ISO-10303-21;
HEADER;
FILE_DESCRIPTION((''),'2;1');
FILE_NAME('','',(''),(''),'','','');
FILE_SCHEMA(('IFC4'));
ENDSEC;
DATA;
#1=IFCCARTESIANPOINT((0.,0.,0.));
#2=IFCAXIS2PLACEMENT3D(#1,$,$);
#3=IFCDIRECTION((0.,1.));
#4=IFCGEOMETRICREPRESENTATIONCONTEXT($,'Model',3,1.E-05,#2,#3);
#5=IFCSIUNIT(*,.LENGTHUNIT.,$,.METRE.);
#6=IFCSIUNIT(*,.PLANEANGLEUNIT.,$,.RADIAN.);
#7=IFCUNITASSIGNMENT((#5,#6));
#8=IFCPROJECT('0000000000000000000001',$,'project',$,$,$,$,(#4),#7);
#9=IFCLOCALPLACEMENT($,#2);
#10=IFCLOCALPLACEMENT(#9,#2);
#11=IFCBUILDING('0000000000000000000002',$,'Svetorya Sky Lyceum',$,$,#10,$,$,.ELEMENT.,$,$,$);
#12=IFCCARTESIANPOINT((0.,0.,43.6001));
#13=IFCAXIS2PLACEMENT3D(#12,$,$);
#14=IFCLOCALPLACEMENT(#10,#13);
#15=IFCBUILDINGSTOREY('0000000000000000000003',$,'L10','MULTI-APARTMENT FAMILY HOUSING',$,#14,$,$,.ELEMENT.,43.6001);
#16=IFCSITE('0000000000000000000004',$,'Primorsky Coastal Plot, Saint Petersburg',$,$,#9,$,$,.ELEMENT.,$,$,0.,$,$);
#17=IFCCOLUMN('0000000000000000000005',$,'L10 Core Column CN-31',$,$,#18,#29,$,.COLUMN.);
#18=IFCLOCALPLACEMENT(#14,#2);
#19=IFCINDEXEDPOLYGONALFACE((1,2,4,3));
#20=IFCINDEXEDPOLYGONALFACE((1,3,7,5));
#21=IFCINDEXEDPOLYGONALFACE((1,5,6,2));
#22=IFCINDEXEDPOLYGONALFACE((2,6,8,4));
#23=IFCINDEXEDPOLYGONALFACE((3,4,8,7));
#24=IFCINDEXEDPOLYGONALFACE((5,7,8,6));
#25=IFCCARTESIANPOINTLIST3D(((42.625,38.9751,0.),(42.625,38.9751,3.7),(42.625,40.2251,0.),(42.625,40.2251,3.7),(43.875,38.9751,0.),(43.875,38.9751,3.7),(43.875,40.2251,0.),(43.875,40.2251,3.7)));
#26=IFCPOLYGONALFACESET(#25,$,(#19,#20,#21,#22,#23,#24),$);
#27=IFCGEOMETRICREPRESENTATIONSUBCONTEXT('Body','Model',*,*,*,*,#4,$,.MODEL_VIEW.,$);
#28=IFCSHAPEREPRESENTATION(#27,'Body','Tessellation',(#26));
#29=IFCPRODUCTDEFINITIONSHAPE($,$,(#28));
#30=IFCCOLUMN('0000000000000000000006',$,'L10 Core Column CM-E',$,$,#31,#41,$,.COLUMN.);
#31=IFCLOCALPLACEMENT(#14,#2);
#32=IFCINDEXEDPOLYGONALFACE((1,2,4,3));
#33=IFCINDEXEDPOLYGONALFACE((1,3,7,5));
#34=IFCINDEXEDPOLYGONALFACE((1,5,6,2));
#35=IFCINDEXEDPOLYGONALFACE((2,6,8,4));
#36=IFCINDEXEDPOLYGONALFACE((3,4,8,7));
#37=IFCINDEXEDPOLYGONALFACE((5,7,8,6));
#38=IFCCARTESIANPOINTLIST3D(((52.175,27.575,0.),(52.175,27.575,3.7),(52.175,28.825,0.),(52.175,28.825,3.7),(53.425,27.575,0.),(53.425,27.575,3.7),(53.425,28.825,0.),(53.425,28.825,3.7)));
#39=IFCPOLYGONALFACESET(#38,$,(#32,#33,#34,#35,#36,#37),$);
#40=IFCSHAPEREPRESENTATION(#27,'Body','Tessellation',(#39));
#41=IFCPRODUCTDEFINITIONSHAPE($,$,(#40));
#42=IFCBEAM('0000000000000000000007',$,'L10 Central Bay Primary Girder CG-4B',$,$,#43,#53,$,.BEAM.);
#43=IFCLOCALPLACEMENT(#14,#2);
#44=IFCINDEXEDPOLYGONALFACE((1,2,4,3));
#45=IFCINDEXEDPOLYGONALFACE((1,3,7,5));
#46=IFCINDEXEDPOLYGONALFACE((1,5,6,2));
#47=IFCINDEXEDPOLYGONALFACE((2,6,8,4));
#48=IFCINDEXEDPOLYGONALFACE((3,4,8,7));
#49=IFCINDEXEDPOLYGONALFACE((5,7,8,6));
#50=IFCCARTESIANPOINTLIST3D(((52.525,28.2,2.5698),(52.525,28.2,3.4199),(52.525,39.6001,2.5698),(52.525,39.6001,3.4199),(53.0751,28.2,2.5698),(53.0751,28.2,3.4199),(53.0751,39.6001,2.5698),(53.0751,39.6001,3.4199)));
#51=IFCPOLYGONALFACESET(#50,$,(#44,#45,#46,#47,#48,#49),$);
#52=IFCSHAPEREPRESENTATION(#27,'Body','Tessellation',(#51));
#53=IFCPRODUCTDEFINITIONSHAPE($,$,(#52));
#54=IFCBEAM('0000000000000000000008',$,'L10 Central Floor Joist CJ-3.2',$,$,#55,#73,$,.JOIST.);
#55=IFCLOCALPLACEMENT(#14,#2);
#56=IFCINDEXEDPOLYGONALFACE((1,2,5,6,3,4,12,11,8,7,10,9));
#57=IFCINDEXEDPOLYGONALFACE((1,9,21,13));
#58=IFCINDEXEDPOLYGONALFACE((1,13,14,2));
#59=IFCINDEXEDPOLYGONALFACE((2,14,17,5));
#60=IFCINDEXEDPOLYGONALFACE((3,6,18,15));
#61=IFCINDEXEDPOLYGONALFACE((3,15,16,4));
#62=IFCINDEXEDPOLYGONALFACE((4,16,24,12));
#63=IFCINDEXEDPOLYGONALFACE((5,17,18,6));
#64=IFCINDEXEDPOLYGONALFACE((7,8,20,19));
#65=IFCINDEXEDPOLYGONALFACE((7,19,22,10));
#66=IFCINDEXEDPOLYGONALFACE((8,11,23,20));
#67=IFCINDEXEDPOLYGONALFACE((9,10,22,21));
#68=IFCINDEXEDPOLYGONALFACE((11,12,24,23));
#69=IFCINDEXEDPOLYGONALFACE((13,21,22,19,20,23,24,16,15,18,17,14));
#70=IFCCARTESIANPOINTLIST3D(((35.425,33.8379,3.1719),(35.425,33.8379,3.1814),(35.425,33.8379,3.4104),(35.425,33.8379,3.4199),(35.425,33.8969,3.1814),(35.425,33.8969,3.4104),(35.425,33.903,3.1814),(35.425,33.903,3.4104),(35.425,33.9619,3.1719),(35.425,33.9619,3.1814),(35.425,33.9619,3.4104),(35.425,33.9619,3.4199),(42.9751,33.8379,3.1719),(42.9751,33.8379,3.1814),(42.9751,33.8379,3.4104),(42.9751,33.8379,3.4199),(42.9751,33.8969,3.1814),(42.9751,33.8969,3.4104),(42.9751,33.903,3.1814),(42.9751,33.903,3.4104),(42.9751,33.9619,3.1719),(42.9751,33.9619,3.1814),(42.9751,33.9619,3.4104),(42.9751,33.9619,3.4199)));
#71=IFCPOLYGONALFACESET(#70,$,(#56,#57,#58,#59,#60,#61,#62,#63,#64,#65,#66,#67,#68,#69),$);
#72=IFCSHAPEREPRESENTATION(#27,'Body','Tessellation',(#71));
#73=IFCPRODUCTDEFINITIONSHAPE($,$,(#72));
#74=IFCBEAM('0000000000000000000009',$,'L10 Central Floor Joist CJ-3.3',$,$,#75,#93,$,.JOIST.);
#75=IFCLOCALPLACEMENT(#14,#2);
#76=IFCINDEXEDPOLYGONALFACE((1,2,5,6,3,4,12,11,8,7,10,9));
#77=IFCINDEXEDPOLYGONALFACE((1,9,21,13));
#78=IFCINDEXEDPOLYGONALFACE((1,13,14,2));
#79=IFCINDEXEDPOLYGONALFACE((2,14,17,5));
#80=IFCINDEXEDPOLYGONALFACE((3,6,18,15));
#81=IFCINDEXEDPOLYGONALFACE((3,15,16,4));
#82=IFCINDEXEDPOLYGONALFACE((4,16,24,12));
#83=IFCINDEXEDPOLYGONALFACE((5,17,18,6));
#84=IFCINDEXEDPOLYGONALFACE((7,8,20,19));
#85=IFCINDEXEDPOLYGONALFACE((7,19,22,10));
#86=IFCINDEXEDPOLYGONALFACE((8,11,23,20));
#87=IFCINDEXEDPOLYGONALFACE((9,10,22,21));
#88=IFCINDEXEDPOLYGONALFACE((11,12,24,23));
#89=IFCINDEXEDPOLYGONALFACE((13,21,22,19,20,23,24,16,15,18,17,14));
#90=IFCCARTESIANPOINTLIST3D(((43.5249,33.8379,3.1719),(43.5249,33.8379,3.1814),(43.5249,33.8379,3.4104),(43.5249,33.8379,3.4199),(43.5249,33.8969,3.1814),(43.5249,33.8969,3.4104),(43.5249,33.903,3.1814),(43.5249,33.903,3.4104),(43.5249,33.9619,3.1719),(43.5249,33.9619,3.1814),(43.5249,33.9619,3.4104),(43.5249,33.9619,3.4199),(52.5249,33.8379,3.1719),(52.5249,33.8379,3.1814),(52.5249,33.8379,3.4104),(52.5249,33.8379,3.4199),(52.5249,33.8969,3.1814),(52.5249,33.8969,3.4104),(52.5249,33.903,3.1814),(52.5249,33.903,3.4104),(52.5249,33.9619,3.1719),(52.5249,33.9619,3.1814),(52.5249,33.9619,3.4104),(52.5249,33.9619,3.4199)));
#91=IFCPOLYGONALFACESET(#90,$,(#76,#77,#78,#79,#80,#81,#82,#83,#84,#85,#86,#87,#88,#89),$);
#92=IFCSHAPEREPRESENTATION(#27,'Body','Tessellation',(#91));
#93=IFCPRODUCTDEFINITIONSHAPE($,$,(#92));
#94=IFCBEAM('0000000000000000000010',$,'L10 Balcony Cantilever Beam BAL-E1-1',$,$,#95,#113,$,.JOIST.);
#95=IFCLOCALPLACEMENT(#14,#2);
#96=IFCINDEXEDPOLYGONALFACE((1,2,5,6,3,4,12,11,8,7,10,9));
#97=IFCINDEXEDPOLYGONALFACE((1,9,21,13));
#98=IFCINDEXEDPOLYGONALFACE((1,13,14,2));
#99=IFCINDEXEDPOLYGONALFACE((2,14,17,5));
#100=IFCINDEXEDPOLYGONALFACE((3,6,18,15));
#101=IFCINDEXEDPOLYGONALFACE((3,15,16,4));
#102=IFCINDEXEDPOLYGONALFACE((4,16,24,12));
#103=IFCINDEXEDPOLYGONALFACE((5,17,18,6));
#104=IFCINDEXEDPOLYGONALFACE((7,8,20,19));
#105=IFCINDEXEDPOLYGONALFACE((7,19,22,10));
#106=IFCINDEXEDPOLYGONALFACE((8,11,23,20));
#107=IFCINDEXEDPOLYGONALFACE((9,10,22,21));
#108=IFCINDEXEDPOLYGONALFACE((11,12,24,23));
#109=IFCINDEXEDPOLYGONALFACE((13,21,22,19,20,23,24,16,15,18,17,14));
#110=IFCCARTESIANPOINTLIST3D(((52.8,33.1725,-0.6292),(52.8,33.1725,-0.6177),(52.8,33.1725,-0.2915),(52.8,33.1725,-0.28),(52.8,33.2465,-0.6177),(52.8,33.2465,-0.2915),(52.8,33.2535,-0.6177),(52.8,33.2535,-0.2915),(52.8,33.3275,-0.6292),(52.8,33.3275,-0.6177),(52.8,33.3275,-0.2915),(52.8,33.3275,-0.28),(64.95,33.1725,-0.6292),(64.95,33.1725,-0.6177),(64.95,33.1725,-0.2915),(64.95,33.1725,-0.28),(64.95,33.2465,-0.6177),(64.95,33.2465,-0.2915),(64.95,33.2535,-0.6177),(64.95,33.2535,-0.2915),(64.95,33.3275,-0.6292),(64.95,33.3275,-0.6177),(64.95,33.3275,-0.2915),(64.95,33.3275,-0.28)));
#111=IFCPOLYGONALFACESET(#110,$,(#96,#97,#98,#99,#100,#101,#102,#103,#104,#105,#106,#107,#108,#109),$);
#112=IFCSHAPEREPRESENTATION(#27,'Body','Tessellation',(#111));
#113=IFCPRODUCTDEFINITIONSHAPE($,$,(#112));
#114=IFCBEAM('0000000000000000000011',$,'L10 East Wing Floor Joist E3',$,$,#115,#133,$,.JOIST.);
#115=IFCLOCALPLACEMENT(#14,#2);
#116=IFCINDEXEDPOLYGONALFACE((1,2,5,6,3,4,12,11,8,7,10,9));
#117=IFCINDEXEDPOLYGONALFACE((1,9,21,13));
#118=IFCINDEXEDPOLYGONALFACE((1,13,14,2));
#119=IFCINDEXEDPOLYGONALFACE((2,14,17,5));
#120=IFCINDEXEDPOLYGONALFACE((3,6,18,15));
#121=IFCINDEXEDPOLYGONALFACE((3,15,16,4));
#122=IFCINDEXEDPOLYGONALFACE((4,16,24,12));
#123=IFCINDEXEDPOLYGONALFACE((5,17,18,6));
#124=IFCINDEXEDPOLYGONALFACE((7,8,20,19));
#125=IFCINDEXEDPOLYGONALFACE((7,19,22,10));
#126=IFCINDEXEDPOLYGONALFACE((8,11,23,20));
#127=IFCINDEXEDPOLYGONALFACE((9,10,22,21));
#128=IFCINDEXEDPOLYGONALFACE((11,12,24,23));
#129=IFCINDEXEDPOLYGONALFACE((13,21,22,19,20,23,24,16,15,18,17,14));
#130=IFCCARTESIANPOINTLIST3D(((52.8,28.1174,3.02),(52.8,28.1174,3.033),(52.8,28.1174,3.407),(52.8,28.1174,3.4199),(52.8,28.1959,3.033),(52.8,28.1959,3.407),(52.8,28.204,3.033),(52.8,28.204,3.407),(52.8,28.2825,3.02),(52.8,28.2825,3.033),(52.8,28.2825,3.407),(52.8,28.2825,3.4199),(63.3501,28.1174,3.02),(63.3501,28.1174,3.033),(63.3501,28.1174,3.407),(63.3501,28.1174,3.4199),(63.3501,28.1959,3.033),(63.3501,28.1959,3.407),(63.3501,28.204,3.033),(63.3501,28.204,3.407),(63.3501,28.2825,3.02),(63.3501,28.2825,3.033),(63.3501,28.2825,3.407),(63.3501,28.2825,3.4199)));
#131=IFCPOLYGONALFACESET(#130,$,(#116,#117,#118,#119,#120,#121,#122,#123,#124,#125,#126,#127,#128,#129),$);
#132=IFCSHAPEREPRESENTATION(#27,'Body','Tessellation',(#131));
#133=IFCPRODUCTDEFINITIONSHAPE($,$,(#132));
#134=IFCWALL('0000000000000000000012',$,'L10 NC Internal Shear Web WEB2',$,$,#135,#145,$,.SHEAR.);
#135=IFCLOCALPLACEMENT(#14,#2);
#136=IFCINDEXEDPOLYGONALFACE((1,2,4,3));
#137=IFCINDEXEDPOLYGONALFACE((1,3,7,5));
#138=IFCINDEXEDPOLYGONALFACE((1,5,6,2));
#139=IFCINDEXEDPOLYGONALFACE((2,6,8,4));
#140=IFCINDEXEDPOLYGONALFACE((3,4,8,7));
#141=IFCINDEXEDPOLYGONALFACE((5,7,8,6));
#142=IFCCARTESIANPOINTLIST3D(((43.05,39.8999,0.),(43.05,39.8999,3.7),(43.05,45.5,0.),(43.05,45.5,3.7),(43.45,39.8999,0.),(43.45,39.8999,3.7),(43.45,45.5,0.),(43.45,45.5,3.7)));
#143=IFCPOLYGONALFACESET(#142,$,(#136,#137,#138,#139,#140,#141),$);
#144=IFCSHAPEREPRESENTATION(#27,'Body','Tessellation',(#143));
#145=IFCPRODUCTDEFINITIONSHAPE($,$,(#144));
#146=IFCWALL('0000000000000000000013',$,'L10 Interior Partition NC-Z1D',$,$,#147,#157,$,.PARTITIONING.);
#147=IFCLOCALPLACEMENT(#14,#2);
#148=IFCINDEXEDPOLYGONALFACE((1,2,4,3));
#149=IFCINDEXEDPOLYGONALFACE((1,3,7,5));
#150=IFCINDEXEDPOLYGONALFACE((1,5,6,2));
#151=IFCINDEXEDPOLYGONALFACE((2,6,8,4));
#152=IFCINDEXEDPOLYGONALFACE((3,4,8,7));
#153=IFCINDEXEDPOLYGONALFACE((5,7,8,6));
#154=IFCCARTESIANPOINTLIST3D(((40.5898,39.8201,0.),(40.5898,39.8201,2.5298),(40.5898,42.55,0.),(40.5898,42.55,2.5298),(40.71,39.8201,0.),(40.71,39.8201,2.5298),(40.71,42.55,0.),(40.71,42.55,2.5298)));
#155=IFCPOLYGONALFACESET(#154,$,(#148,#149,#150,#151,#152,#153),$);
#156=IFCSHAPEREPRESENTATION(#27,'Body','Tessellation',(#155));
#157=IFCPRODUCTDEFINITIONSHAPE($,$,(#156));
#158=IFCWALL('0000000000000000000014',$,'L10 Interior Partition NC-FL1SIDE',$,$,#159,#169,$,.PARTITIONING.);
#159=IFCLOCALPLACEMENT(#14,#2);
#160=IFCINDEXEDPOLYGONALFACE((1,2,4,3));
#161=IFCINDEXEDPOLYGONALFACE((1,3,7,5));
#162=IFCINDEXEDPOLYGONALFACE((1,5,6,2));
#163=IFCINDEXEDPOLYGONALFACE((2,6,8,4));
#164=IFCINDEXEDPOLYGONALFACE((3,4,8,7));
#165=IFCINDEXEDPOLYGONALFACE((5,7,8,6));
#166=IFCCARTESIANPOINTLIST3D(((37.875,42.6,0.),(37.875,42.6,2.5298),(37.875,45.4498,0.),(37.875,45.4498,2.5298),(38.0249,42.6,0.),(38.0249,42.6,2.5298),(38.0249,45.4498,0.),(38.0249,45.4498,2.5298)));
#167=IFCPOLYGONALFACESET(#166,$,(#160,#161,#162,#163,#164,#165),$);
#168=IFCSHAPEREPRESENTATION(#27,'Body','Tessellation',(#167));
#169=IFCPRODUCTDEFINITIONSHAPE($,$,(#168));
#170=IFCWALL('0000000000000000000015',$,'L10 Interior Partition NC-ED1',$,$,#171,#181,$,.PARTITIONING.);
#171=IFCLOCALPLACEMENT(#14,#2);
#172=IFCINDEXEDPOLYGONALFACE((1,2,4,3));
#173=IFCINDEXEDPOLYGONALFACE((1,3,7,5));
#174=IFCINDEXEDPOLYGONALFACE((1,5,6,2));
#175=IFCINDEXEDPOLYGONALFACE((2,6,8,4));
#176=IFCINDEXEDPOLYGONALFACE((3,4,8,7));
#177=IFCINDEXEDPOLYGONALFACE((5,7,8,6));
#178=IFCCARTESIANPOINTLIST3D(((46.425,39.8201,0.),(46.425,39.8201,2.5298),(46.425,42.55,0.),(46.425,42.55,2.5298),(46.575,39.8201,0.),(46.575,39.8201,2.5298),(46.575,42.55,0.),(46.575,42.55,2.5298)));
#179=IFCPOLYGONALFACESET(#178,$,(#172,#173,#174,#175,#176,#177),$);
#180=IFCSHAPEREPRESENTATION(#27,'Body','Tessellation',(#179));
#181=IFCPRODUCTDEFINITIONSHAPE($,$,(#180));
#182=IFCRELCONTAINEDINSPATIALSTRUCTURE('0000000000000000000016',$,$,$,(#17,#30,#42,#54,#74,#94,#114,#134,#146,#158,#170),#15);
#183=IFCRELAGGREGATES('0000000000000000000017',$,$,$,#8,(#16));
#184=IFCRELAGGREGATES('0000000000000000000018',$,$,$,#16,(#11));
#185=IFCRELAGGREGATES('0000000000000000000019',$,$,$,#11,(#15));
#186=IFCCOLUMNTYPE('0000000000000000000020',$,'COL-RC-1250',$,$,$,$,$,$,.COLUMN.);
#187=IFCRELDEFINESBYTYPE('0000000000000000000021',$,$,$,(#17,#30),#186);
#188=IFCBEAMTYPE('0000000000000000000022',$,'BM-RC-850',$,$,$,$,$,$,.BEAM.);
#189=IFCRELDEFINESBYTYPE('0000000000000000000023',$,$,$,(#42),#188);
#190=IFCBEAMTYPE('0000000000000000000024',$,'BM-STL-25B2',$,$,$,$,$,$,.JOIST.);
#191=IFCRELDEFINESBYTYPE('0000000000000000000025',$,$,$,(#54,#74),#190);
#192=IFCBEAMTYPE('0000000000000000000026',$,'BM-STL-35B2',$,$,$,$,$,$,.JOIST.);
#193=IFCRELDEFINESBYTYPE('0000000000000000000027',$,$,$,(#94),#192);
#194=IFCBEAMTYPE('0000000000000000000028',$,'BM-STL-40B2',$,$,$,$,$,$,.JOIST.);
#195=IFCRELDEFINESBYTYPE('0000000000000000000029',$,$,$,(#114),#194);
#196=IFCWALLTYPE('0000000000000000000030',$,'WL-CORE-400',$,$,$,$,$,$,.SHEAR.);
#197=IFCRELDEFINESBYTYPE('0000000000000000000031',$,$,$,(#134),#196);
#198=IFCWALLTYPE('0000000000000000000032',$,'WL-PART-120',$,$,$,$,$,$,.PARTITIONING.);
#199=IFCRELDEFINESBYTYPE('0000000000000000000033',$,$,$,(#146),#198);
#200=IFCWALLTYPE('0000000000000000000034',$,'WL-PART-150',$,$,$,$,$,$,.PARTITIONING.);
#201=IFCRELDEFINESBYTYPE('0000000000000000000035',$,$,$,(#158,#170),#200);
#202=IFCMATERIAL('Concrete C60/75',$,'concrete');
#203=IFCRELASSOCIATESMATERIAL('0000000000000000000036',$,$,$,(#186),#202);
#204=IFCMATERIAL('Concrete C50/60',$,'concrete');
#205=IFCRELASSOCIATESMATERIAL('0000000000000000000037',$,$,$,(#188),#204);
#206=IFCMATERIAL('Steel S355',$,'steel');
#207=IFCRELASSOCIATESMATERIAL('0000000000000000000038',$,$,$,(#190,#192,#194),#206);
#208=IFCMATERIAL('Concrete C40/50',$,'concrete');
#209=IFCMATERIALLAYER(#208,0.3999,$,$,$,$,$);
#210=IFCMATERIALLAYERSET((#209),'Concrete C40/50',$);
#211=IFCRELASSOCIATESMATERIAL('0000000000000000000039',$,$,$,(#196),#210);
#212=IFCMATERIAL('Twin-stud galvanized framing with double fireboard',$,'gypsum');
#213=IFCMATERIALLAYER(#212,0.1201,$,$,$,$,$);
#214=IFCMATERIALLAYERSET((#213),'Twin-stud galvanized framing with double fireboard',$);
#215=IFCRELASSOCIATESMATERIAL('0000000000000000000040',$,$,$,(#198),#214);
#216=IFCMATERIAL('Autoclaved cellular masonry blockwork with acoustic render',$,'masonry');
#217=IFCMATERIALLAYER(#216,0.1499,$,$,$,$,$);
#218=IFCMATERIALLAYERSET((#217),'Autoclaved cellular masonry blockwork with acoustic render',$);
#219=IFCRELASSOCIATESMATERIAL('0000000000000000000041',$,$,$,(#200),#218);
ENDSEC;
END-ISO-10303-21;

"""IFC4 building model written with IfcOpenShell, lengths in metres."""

from ifc_helpers import new_model, si_unit, direction, frame, frame_2d, origin, origin_2d, place, context, subcontext, project, spatial, rectangle, i_section, extrude, material, layer, layer_set, material_profile, profile_set, type_object, element, save


model = new_model("IFC4")

# Units and contexts
model_context = context("Model", 3, precision=1e-05, world=origin(), true_north=direction((0.0, 1.0)))
body_context = subcontext(model_context, "Body", "Model", "MODEL_VIEW")
ifc_project = project(units=[si_unit("LENGTHUNIT", "METRE"), si_unit("PLANEANGLEUNIT", "RADIAN")], contexts=[model_context])

# Site, building, storey
site_placement = place(None, origin())
site = spatial("IfcSite", under=ifc_project, at=site_placement, Name="Primorsky Coastal Plot, Saint Petersburg", CompositionType="ELEMENT", RefElevation=0.0)
building_placement = place(site_placement, origin())
building = spatial("IfcBuilding", under=site, at=building_placement, Name="Svetorya Sky Lyceum", CompositionType="ELEMENT")
storey_placement = place(building_placement, frame((0.0, 0.0, 43.6001)))
storey = spatial("IfcBuildingStorey", under=building, at=storey_placement, Name="L10", Description="MULTI-APARTMENT FAMILY HOUSING", CompositionType="ELEMENT", Elevation=43.6001)

# Columns
ifc_material_1 = material(Name="Concrete C60/75", Category="concrete")
ifc_material_profile_1 = material_profile(ifc_material_1, rectangle(XDim=1.25, YDim=1.25, at=origin_2d()), Name="RC COL 1250x1250")
ifc_profile_set_1 = profile_set([ifc_material_profile_1], Name="Concrete C60/75")
column_type = type_object("IfcColumnType", Name="COL-RC-1250", PredefinedType="COLUMN", material=ifc_profile_set_1)
for number, where, z_axis, x_axis, name in (
    (1, (43.25, 39.6001, 0.0), (0.0, 0.0, 1.0), (1.0, 0.0, 0.0), "L10 Core Column CN-31"),
    (2, (52.8, 28.2, 0.0), (0.0, 0.0, 1.0), (1.0, 0.0, 0.0), "L10 Core Column CM-E"),
):
    element("IfcColumn", number, at=place(storey_placement, frame(where, z_axis=z_axis, x_axis=x_axis)), inside=storey, type_object=column_type, Name=name, PredefinedType="COLUMN", context=body_context, shape_type="SweptSolid", body=[
        extrude(rectangle(XDim=1.25, YDim=1.25, at=origin_2d()), origin(), (0.0, 0.0, 1.0), 3.7),
    ])

# Beams
ifc_material_2 = material(Name="Concrete C50/60", Category="concrete")
ifc_material_profile_2 = material_profile(ifc_material_2, rectangle(XDim=0.55, YDim=0.8501, at=origin_2d()), Name="RC BEAM 550x850")
ifc_profile_set_2 = profile_set([ifc_material_profile_2], Name="Concrete C50/60")
beam_type_1 = type_object("IfcBeamType", Name="BM-RC-850", PredefinedType="BEAM", material=ifc_profile_set_2)
beam_1_placement = place(storey_placement, frame((52.8, 28.2, 2.9949), z_axis=(0.0, 1.0, 0.0), x_axis=(-1.0, 0.0, 0.0)))
element("IfcBeam", 3, at=beam_1_placement, inside=storey, type_object=beam_type_1, Name="L10 Central Bay Primary Girder CG-4B", PredefinedType="BEAM", context=body_context, shape_type="SweptSolid", body=[
    extrude(rectangle(XDim=0.55, YDim=0.8501, at=origin_2d()), origin(), (0.0, 0.0, 1.0), 11.4001),
])
ifc_material_3 = material(Name="Steel S355", Category="steel")
ifc_material_profile_3 = material_profile(ifc_material_3, i_section(OverallWidth=0.124, OverallDepth=0.248, WebThickness=0.0061, FlangeThickness=0.0095, at=origin_2d()), Name="GOST 25B2")
ifc_profile_set_3 = profile_set([ifc_material_profile_3], Name="Steel S355")
beam_type_2 = type_object("IfcBeamType", Name="BM-STL-25B2", PredefinedType="JOIST", material=ifc_profile_set_3)
beam_2_placement = place(storey_placement, frame((35.425, 33.8999, 3.2959), z_axis=(1.0, 0.0, 0.0), x_axis=(0.0, 1.0, 0.0)))
element("IfcBeam", 4, at=beam_2_placement, inside=storey, type_object=beam_type_2, Name="L10 Central Floor Joist CJ-3.2", PredefinedType="JOIST", context=body_context, shape_type="SweptSolid", body=[
    extrude(i_section(OverallWidth=0.124, OverallDepth=0.248, WebThickness=0.0061, FlangeThickness=0.0095, at=origin_2d()), origin(), (0.0, 0.0, 1.0), 7.55),
])
beam_3_placement = place(storey_placement, frame((43.5249, 33.8999, 3.2959), z_axis=(1.0, 0.0, 0.0), x_axis=(0.0, 1.0, 0.0)))
element("IfcBeam", 5, at=beam_3_placement, inside=storey, type_object=beam_type_2, Name="L10 Central Floor Joist CJ-3.3", PredefinedType="JOIST", context=body_context, shape_type="SweptSolid", body=[
    extrude(i_section(OverallWidth=0.124, OverallDepth=0.248, WebThickness=0.0061, FlangeThickness=0.0095, at=origin_2d()), origin(), (0.0, 0.0, 1.0), 9.0),
])
ifc_material_profile_4 = material_profile(ifc_material_3, i_section(OverallWidth=0.155, OverallDepth=0.3491, WebThickness=0.0071, FlangeThickness=0.0115, at=origin_2d()), Name="GOST 35B2")
ifc_profile_set_4 = profile_set([ifc_material_profile_4], Name="Steel S355")
beam_type_3 = type_object("IfcBeamType", Name="BM-STL-35B2", PredefinedType="JOIST", material=ifc_profile_set_4)
beam_4_placement = place(storey_placement, frame((52.8, 33.25, -0.4546), z_axis=(1.0, 0.0, 0.0), x_axis=(0.0, 1.0, 0.0)))
element("IfcBeam", 6, at=beam_4_placement, inside=storey, type_object=beam_type_3, Name="L10 Balcony Cantilever Beam BAL-E1-1", PredefinedType="JOIST", context=body_context, shape_type="SweptSolid", body=[
    extrude(i_section(OverallWidth=0.155, OverallDepth=0.3491, WebThickness=0.0071, FlangeThickness=0.0115, at=origin_2d()), origin(), (0.0, 0.0, 1.0), 12.1499),
])
ifc_material_profile_5 = material_profile(ifc_material_3, i_section(OverallWidth=0.165, OverallDepth=0.3999, WebThickness=0.0081, FlangeThickness=0.0129, at=origin_2d()), Name="GOST 40B2")
ifc_profile_set_5 = profile_set([ifc_material_profile_5], Name="Steel S355")
beam_type_4 = type_object("IfcBeamType", Name="BM-STL-40B2", PredefinedType="JOIST", material=ifc_profile_set_5)
beam_5_placement = place(storey_placement, frame((52.8, 28.2, 3.22), z_axis=(1.0, 0.0, 0.0), x_axis=(0.0, 1.0, 0.0)))
element("IfcBeam", 7, at=beam_5_placement, inside=storey, type_object=beam_type_4, Name="L10 East Wing Floor Joist E3", PredefinedType="JOIST", context=body_context, shape_type="SweptSolid", body=[
    extrude(i_section(OverallWidth=0.165, OverallDepth=0.3999, WebThickness=0.0081, FlangeThickness=0.0129, at=origin_2d()), origin(), (0.0, 0.0, 1.0), 10.55),
])

# Walls
ifc_material_4 = material(Name="Concrete C40/50", Category="concrete")
ifc_layer_1 = layer(ifc_material_4, 0.3999)
ifc_layer_set_1 = layer_set([ifc_layer_1], Name="Concrete C40/50")
wall_type_1 = type_object("IfcWallType", Name="WL-CORE-400", PredefinedType="SHEAR", material=ifc_layer_set_1)
wall_1_placement = place(storey_placement, frame((43.25, 39.8999, 0.0), z_axis=(0.0, 0.0, 1.0), x_axis=(0.0, 1.0, 0.0)))
element("IfcWall", 8, at=wall_1_placement, inside=storey, type_object=wall_type_1, Name="L10 NC Internal Shear Web WEB2", PredefinedType="SHEAR", context=body_context, shape_type="SweptSolid", body=[
    extrude(rectangle(XDim=5.6001, YDim=0.3999, at=frame_2d((2.8, 0.0))), origin(), (0.0, 0.0, 1.0), 3.7),
])
ifc_material_5 = material(Name="Twin-stud galvanized framing with double fireboard", Category="gypsum")
ifc_layer_2 = layer(ifc_material_5, 0.1201)
ifc_layer_set_2 = layer_set([ifc_layer_2], Name="Twin-stud galvanized framing with double fireboard")
wall_type_2 = type_object("IfcWallType", Name="WL-PART-120", PredefinedType="PARTITIONING", material=ifc_layer_set_2)
wall_2_placement = place(storey_placement, frame((40.6499, 39.8201, 0.0), z_axis=(0.0, 0.0, 1.0), x_axis=(0.0, 1.0, 0.0)))
element("IfcWall", 9, at=wall_2_placement, inside=storey, type_object=wall_type_2, Name="L10 Interior Partition NC-Z1D", PredefinedType="PARTITIONING", context=body_context, shape_type="SweptSolid", body=[
    extrude(rectangle(XDim=2.73, YDim=0.1201, at=frame_2d((1.365, 0.0))), origin(), (0.0, 0.0, 1.0), 2.5298),
])
ifc_material_6 = material(Name="Autoclaved cellular masonry blockwork with acoustic render", Category="masonry")
ifc_layer_3 = layer(ifc_material_6, 0.1499)
ifc_layer_set_3 = layer_set([ifc_layer_3], Name="Autoclaved cellular masonry blockwork with acoustic render")
wall_type_3 = type_object("IfcWallType", Name="WL-PART-150", PredefinedType="PARTITIONING", material=ifc_layer_set_3)
wall_3_placement = place(storey_placement, frame((37.95, 42.6001, 0.0), z_axis=(0.0, 0.0, 1.0), x_axis=(0.0, 1.0, 0.0)))
element("IfcWall", 10, at=wall_3_placement, inside=storey, type_object=wall_type_3, Name="L10 Interior Partition NC-FL1SIDE", PredefinedType="PARTITIONING", context=body_context, shape_type="SweptSolid", body=[
    extrude(rectangle(XDim=2.8499, YDim=0.1499, at=frame_2d((1.4248, 0.0))), origin(), (0.0, 0.0, 1.0), 2.5298),
])
wall_4_placement = place(storey_placement, frame((46.5, 39.8201, 0.0), z_axis=(0.0, 0.0, 1.0), x_axis=(0.0, 1.0, 0.0)))
element("IfcWall", 11, at=wall_4_placement, inside=storey, type_object=wall_type_3, Name="L10 Interior Partition NC-ED1", PredefinedType="PARTITIONING", context=body_context, shape_type="SweptSolid", body=[
    extrude(rectangle(XDim=2.73, YDim=0.1499, at=frame_2d((1.365, 0.0))), origin(), (0.0, 0.0, 1.0), 2.5298),
])

save(model, "model.ifc")
